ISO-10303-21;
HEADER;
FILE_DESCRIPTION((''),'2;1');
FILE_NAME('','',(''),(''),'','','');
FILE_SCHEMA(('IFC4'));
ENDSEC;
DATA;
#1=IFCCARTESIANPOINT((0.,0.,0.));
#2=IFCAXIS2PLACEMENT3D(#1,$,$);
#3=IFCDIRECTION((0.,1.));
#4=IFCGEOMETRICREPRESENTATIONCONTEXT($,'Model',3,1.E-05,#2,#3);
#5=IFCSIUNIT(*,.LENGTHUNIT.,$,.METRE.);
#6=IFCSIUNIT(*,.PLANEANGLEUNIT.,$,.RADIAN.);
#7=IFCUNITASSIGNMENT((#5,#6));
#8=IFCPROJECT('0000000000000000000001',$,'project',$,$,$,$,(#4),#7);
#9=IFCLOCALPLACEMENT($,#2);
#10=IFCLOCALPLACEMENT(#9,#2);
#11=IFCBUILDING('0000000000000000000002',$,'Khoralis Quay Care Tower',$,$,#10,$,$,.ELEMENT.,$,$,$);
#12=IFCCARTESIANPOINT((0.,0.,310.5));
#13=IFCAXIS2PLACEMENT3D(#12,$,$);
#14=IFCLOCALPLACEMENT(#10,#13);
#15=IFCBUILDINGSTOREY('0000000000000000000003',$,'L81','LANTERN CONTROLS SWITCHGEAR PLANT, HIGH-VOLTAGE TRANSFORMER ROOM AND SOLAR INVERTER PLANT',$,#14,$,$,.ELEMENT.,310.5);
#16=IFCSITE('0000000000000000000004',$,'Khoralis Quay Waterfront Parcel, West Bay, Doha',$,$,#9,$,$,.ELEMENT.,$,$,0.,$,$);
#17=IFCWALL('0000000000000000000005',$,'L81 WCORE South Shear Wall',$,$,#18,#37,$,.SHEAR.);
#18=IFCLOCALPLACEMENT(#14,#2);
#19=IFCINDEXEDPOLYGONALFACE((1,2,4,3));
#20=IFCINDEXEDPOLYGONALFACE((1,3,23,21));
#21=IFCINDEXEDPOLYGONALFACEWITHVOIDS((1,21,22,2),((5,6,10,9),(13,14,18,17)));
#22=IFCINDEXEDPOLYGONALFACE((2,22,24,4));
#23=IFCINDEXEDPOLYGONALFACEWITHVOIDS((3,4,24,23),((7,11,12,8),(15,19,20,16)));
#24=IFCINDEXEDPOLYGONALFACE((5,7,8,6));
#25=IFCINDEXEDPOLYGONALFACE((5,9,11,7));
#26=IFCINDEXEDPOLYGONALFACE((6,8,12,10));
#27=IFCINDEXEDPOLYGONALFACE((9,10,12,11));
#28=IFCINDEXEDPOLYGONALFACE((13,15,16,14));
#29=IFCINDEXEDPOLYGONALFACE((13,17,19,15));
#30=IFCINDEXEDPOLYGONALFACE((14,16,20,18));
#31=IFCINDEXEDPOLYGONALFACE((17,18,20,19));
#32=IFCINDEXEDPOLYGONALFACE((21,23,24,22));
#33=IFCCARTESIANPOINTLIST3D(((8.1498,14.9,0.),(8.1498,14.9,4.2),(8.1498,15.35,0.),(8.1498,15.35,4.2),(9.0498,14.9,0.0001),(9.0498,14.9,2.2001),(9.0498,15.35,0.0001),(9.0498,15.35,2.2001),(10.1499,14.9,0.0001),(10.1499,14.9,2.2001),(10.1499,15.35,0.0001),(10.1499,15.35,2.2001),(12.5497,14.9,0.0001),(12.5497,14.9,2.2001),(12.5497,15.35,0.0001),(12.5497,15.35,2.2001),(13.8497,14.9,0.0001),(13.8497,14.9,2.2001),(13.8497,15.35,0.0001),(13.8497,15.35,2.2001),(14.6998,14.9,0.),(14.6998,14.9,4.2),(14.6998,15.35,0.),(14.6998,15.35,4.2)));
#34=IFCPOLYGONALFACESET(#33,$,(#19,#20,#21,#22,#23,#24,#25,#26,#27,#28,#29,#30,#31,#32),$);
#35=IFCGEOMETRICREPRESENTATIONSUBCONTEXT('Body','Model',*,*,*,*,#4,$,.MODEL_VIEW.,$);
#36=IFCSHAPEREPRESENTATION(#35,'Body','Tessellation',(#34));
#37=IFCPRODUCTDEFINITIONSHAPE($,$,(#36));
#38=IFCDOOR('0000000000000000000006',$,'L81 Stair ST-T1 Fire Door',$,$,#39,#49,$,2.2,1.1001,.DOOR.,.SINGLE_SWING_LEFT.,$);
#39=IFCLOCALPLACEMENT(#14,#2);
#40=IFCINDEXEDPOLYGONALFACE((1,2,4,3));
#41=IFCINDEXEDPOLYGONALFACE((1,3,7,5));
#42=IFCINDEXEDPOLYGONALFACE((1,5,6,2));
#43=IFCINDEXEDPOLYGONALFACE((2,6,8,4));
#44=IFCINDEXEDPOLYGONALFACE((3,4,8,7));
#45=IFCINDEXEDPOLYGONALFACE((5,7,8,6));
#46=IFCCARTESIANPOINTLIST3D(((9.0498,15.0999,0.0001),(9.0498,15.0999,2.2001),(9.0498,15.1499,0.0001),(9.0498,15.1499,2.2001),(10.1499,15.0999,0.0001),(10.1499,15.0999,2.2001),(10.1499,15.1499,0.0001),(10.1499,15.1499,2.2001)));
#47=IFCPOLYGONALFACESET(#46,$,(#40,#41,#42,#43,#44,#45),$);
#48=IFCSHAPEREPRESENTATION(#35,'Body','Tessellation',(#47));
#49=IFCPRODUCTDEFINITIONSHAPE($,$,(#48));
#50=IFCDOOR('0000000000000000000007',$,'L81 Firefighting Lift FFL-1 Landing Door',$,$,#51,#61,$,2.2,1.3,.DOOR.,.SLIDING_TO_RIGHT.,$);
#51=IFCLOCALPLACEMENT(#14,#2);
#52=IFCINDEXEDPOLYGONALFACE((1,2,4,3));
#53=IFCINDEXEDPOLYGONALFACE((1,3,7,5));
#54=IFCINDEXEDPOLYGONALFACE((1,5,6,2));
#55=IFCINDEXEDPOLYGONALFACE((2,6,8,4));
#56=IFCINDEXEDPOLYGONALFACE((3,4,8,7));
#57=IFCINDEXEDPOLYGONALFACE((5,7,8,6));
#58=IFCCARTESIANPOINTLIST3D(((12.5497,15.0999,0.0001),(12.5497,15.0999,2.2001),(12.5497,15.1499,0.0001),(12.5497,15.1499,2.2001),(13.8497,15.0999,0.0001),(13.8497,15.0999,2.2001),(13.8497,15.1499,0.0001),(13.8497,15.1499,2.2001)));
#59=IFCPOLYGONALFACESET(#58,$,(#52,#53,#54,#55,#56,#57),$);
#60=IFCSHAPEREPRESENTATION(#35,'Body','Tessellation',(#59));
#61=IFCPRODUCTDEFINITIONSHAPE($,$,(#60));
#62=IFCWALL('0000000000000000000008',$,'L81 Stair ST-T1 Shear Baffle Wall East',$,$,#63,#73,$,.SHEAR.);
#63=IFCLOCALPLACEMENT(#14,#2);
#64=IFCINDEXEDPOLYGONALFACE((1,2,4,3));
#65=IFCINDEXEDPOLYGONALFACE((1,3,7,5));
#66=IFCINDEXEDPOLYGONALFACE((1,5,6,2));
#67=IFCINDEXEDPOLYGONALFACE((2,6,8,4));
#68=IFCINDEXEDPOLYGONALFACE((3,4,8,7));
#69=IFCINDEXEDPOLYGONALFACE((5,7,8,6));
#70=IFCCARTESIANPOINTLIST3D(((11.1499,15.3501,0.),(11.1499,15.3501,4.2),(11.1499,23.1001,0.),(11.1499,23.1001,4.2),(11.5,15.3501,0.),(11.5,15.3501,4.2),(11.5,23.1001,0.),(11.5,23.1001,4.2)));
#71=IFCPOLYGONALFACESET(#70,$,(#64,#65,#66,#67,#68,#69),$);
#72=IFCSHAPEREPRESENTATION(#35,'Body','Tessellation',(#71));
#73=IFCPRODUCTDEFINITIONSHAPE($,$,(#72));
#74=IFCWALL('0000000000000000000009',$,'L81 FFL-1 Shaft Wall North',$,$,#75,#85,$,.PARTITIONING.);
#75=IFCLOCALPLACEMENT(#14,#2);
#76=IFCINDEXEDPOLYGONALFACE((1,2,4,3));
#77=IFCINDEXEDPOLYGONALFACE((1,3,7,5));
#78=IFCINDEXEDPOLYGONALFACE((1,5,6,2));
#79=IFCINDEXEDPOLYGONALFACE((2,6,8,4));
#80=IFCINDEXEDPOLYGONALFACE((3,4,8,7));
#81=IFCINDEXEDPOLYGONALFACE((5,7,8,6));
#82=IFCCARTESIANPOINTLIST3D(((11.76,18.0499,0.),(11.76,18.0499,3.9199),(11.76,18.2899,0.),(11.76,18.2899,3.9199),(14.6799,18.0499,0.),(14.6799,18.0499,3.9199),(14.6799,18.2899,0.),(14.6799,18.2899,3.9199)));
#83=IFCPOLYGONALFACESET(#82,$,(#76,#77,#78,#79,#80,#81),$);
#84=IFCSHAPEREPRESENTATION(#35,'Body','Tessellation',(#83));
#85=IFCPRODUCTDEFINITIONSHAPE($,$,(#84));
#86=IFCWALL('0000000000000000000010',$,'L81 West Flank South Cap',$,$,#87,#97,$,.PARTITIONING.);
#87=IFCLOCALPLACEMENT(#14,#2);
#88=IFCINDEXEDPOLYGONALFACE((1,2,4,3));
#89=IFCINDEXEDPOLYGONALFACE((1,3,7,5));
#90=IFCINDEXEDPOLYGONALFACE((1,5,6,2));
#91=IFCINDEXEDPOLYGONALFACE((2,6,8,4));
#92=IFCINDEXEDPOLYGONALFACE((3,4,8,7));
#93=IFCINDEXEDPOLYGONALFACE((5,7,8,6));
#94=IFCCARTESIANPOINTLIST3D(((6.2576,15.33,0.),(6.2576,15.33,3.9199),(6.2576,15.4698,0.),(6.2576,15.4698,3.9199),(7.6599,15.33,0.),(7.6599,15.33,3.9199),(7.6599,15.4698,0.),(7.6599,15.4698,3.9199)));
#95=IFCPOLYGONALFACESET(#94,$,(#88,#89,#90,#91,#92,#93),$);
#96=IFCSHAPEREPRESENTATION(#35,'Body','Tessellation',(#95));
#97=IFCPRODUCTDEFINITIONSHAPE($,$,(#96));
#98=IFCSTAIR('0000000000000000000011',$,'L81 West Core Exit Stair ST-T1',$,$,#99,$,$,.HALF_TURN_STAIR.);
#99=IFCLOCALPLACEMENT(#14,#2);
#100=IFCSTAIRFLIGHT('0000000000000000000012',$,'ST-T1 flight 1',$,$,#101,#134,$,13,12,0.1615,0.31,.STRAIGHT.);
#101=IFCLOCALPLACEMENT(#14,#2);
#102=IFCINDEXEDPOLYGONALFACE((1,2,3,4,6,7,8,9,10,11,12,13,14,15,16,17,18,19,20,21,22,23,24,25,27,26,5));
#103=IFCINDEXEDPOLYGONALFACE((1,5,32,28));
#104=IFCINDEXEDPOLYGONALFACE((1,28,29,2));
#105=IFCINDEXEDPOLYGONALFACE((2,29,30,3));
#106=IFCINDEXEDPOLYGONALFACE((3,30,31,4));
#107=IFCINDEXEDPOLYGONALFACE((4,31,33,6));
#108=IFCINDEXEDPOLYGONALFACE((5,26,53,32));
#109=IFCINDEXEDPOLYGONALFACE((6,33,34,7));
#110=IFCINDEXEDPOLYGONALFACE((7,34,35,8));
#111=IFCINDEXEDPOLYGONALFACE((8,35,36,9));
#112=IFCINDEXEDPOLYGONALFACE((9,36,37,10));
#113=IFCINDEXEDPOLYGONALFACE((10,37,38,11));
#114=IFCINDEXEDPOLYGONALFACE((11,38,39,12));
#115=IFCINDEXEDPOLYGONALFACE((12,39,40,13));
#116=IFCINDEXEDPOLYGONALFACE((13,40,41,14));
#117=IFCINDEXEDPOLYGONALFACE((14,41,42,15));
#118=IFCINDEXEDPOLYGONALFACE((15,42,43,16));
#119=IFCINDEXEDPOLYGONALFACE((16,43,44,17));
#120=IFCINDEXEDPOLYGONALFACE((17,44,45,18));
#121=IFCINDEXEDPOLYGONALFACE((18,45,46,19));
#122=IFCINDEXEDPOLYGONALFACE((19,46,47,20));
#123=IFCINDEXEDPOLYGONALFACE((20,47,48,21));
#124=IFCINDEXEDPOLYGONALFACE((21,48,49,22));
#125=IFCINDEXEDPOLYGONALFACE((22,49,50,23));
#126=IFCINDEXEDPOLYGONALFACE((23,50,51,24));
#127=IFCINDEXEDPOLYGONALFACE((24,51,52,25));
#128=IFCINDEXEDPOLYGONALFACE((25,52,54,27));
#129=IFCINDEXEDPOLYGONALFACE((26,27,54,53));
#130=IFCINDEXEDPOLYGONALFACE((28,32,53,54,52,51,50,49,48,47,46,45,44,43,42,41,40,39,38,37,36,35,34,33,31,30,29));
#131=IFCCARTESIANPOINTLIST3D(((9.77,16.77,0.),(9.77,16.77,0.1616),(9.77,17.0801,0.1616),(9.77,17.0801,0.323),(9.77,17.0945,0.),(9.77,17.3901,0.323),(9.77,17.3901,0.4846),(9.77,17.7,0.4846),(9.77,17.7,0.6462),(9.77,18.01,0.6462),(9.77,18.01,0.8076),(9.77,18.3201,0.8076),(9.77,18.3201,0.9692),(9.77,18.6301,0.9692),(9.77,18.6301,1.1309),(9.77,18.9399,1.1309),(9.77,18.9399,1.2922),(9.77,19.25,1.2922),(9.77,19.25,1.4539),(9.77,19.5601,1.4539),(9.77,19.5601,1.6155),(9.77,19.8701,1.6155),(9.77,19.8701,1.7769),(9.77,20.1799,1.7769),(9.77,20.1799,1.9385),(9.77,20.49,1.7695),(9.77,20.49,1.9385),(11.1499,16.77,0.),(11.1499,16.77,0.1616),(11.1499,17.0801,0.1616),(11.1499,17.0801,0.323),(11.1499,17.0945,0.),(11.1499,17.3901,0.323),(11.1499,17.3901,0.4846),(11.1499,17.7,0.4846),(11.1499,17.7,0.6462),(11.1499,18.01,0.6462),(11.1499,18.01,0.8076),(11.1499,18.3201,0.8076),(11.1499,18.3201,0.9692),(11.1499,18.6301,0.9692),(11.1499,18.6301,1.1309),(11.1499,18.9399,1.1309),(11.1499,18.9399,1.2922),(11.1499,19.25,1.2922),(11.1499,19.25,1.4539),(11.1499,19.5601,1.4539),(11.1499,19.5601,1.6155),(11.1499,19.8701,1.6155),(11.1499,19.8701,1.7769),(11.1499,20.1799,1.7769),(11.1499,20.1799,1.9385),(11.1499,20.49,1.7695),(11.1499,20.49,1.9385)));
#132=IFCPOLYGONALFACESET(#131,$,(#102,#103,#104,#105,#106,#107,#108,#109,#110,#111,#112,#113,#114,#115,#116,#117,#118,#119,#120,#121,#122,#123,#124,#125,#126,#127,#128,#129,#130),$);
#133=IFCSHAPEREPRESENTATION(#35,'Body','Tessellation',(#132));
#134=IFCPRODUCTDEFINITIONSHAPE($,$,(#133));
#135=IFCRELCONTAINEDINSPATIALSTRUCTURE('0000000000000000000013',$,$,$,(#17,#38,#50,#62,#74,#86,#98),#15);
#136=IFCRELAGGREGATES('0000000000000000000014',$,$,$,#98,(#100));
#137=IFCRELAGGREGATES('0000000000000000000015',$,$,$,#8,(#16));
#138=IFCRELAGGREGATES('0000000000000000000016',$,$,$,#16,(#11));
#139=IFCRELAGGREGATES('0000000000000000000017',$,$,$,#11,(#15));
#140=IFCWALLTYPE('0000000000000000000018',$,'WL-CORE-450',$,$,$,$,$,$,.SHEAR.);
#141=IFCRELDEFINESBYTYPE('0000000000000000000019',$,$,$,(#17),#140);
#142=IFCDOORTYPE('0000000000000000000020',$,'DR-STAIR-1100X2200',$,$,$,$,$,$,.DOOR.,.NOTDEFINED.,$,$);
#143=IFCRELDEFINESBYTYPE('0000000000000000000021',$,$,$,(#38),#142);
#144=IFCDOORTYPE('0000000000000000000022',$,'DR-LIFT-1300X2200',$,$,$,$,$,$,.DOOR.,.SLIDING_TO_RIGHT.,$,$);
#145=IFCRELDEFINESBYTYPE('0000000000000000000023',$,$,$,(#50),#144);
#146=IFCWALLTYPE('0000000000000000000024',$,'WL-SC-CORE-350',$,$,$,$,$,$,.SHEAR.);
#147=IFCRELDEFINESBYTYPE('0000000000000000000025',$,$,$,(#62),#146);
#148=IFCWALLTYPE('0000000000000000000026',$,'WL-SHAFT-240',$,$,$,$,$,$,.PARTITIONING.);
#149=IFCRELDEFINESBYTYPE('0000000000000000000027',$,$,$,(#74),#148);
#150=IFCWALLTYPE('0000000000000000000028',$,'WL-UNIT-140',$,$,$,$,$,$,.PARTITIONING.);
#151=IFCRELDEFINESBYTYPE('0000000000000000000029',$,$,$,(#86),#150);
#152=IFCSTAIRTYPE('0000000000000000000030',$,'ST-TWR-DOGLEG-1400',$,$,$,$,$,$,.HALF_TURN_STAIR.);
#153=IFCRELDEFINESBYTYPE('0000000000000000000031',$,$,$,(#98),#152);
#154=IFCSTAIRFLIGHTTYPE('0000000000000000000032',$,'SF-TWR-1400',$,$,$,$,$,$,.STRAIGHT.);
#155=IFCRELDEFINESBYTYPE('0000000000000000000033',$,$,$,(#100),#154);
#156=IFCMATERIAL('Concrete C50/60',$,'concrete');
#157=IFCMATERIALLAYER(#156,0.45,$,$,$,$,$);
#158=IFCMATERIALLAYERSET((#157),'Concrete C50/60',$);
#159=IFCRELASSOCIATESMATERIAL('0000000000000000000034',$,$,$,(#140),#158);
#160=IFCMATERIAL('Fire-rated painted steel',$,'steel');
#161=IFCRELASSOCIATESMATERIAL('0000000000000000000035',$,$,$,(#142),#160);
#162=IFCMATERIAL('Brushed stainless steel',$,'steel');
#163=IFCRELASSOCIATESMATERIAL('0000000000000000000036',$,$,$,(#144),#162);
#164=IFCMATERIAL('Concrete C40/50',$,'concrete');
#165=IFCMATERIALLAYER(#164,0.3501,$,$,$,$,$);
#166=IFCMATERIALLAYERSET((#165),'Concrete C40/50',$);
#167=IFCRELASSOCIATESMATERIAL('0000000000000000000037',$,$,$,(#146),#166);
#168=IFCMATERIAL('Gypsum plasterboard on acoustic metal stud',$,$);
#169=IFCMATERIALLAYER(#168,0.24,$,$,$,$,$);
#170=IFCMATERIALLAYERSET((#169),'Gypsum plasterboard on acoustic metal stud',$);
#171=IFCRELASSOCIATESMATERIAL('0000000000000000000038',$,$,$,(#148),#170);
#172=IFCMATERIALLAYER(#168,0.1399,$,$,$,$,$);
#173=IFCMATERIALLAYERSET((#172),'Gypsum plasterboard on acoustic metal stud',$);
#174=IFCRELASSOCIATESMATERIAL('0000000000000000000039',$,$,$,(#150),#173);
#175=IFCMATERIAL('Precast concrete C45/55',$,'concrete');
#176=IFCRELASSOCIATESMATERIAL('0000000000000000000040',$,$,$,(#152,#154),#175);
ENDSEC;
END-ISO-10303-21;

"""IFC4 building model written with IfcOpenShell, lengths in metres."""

from ifc_helpers import new_model, si_unit, direction, frame, frame_2d, origin, place, context, subcontext, project, spatial, polyline, rectangle, outline, extrude, source, transform, mapped, material, layer, layer_set, type_object, element, fill, aggregate, save


model = new_model("IFC4")

# Units and contexts
model_context = context("Model", 3, precision=1e-05, world=origin(), true_north=direction((0.0, 1.0)))
body_context = subcontext(model_context, "Body", "Model", "MODEL_VIEW")
ifc_project = project(units=[si_unit("LENGTHUNIT", "METRE"), si_unit("PLANEANGLEUNIT", "RADIAN")], contexts=[model_context])

# Site, building, storey
site_placement = place(None, origin())
site = spatial("IfcSite", under=ifc_project, at=site_placement, Name="Khoralis Quay Waterfront Parcel, West Bay, Doha", CompositionType="ELEMENT", RefElevation=0.0)
building_placement = place(site_placement, origin())
building = spatial("IfcBuilding", under=site, at=building_placement, Name="Khoralis Quay Care Tower", CompositionType="ELEMENT")
storey_placement = place(building_placement, frame((0.0, 0.0, 310.5)))
storey = spatial("IfcBuildingStorey", under=building, at=storey_placement, Name="L81", Description="LANTERN CONTROLS SWITCHGEAR PLANT, HIGH-VOLTAGE TRANSFORMER ROOM AND SOLAR INVERTER PLANT", CompositionType="ELEMENT", Elevation=310.5)

# Shared definitions
ifc_material_1 = material(Name="Gypsum plasterboard on acoustic metal stud")
ifc_material_2 = material(Name="Fire-rated painted steel", Category="steel")

# Shared definitions
ifc_material_3 = material(Name="Concrete C50/60", Category="concrete")
ifc_layer_1 = layer(ifc_material_3, 0.45)
ifc_layer_set_1 = layer_set([ifc_layer_1], Name="Concrete C50/60")
wall_type_1 = type_object("IfcWallType", Name="WL-CORE-450", PredefinedType="SHEAR", material=ifc_layer_set_1)

# Wall, openings, doors
wall_1_placement = place(storey_placement, frame((8.1499, 15.125, 0.0), z_axis=(0.0, 0.0, 1.0), x_axis=(1.0, 0.0, 0.0)))
wall_1 = element("IfcWall", 1, at=wall_1_placement, inside=storey, type_object=wall_type_1, Name="L81 WCORE South Shear Wall", PredefinedType="SHEAR", context=body_context, shape_type="SweptSolid", body=[
    extrude(rectangle(XDim=6.55, YDim=0.45, at=frame_2d((3.2749, 0.0))), origin(), (0.0, 0.0, 1.0), 4.2),
])
opening_1_placement = place(wall_1_placement, frame((0.8999, 0.0, 0.0)))
opening_1 = element("IfcOpeningElement", 2, at=opening_1_placement, cuts=wall_1, PredefinedType="OPENING", context=body_context, shape_type="SweptSolid", body=[
    extrude(rectangle(XDim=1.1001, YDim=2.2, at=frame_2d((0.55, 1.1001))), frame((0.0, 0.2349, 0.0), z_axis=(0.0, -1.0, 0.0), x_axis=(1.0, 0.0, 0.0)), (0.0, 0.0, 1.0), 0.47),
])
opening_2_placement = place(wall_1_placement, frame((4.3999, 0.0, 0.0)))
opening_2 = element("IfcOpeningElement", 3, at=opening_2_placement, cuts=wall_1, PredefinedType="OPENING", context=body_context, shape_type="SweptSolid", body=[
    extrude(rectangle(XDim=1.3, YDim=2.2, at=frame_2d((0.6499, 1.1001))), frame((0.0, 0.2349, 0.0), z_axis=(0.0, -1.0, 0.0), x_axis=(1.0, 0.0, 0.0)), (0.0, 0.0, 1.0), 0.47),
])
door_type_1 = type_object("IfcDoorType", Name="DR-STAIR-1100X2200", OperationType="NOTDEFINED", PredefinedType="DOOR", material=ifc_material_2)
shared_shape_1 = source(origin(), body_context, "Body", "SweptSolid", [
    extrude(rectangle(XDim=1.1001, YDim=2.2, at=frame_2d((0.55, 1.1001))), frame((0.0, 0.0249, 0.0), z_axis=(0.0, -1.0, 0.0), x_axis=(1.0, 0.0, 0.0)), (0.0, 0.0, 1.0), 0.05),
])
door_1_placement = place(opening_1_placement, origin())
door_1 = element("IfcDoor", 4, at=door_1_placement, inside=storey, type_object=door_type_1, Name="L81 Stair ST-T1 Fire Door", OperationType="SINGLE_SWING_LEFT", OverallHeight=2.2, OverallWidth=1.1001, PredefinedType="DOOR", context=body_context, shape_type="MappedRepresentation", body=[
    mapped(shared_shape_1, transform((0.0, 0.0, 0.0), scale=1.0)),
])
fill(opening_1, door_1)
ifc_material_4 = material(Name="Brushed stainless steel", Category="steel")
door_type_2 = type_object("IfcDoorType", Name="DR-LIFT-1300X2200", OperationType="SLIDING_TO_RIGHT", PredefinedType="DOOR", material=ifc_material_4)
shared_shape_2 = source(origin(), body_context, "Body", "SweptSolid", [
    extrude(rectangle(XDim=1.3, YDim=2.2, at=frame_2d((0.6499, 1.1001))), frame((0.0, 0.0249, 0.0), z_axis=(0.0, -1.0, 0.0), x_axis=(1.0, 0.0, 0.0)), (0.0, 0.0, 1.0), 0.05),
])
door_2_placement = place(opening_2_placement, origin())
door_2 = element("IfcDoor", 5, at=door_2_placement, inside=storey, type_object=door_type_2, Name="L81 Firefighting Lift FFL-1 Landing Door", OperationType="SLIDING_TO_RIGHT", OverallHeight=2.2, OverallWidth=1.3, PredefinedType="DOOR", context=body_context, shape_type="MappedRepresentation", body=[
    mapped(shared_shape_2, transform((0.0, 0.0, 0.0), scale=1.0)),
])
fill(opening_2, door_2)

# Walls
ifc_material_5 = material(Name="Concrete C40/50", Category="concrete")
ifc_layer_2 = layer(ifc_material_5, 0.3501)
ifc_layer_set_2 = layer_set([ifc_layer_2], Name="Concrete C40/50")
wall_type_2 = type_object("IfcWallType", Name="WL-SC-CORE-350", PredefinedType="SHEAR", material=ifc_layer_set_2)
wall_2_placement = place(storey_placement, frame((11.325, 15.3501, 0.0), z_axis=(0.0, 0.0, 1.0), x_axis=(0.0, 1.0, 0.0)))
element("IfcWall", 6, at=wall_2_placement, inside=storey, type_object=wall_type_2, Name="L81 Stair ST-T1 Shear Baffle Wall East", PredefinedType="SHEAR", context=body_context, shape_type="SweptSolid", body=[
    extrude(rectangle(XDim=7.75, YDim=0.3501, at=frame_2d((3.875, 0.0))), origin(), (0.0, 0.0, 1.0), 4.2),
])
ifc_layer_3 = layer(ifc_material_1, 0.24)
ifc_layer_set_3 = layer_set([ifc_layer_3], Name="Gypsum plasterboard on acoustic metal stud")
wall_type_3 = type_object("IfcWallType", Name="WL-SHAFT-240", PredefinedType="PARTITIONING", material=ifc_layer_set_3)
wall_3_placement = place(storey_placement, frame((11.76, 18.1699, 0.0), z_axis=(0.0, 0.0, 1.0), x_axis=(1.0, 0.0, 0.0)))
element("IfcWall", 7, at=wall_3_placement, inside=storey, type_object=wall_type_3, Name="L81 FFL-1 Shaft Wall North", PredefinedType="PARTITIONING", context=body_context, shape_type="SweptSolid", body=[
    extrude(rectangle(XDim=2.9199, YDim=0.24, at=frame_2d((1.46, 0.0))), origin(), (0.0, 0.0, 1.0), 3.9199),
])
ifc_layer_4 = layer(ifc_material_1, 0.1399)
ifc_layer_set_4 = layer_set([ifc_layer_4], Name="Gypsum plasterboard on acoustic metal stud")
wall_type_4 = type_object("IfcWallType", Name="WL-UNIT-140", PredefinedType="PARTITIONING", material=ifc_layer_set_4)
wall_4_placement = place(storey_placement, frame((6.2576, 15.3999, 0.0), z_axis=(0.0, 0.0, 1.0), x_axis=(1.0, 0.0, 0.0)))
element("IfcWall", 8, at=wall_4_placement, inside=storey, type_object=wall_type_4, Name="L81 West Flank South Cap", PredefinedType="PARTITIONING", context=body_context, shape_type="SweptSolid", body=[
    extrude(rectangle(XDim=1.4023, YDim=0.1399, at=frame_2d((0.7012, 0.0))), origin(), (0.0, 0.0, 1.0), 3.9199),
])

# Stair, stair flight
ifc_material_6 = material(Name="Precast concrete C45/55", Category="concrete")
stair_type = type_object("IfcStairType", Name="ST-TWR-DOGLEG-1400", PredefinedType="HALF_TURN_STAIR", material=ifc_material_6)
stair_placement = place(storey_placement, origin())
stair = element("IfcStair", 9, at=stair_placement, inside=storey, type_object=stair_type, Name="L81 West Core Exit Stair ST-T1", PredefinedType="HALF_TURN_STAIR")
stair_flight_type = type_object("IfcStairFlightType", Name="SF-TWR-1400", PredefinedType="STRAIGHT", material=ifc_material_6)
shared_shape_3 = source(origin(), body_context, "Body", "SweptSolid", [
    extrude(outline(polyline([(0.0, 0.0), (0.0, 0.1616), (0.3101, 0.1616), (0.3101, 0.323), (0.6201, 0.323), (0.6201, 0.4846), (0.9299, 0.4846), (0.9299, 0.6462), (1.24, 0.6462), (1.24, 0.8076), (1.55, 0.8076), (1.55, 0.9692), (1.8601, 0.9692), (1.8601, 1.1309), (2.1699, 1.1309), (2.1699, 1.2922), (2.48, 1.2922), (2.48, 1.4539), (2.79, 1.4539), (2.79, 1.6155), (3.1001, 1.6155), (3.1001, 1.7769), (3.4099, 1.7769), (3.4099, 1.9385), (3.72, 1.9385), (3.72, 2.1001), (3.72, 1.7695), (0.3245, 0.0), (0.0, 0.0)])), frame((0.0, 0.6899, 0.0), z_axis=(0.0, -1.0, 0.0), x_axis=(1.0, 0.0, 0.0)), (0.0, 0.0, 1.0), 1.3799),
])
stair_flight_placement = place(storey_placement, frame((10.46, 16.77, 0.0), z_axis=(0.0, 0.0, 1.0), x_axis=(0.0, 1.0, 0.0)))
stair_flight = element("IfcStairFlight", 10, at=stair_flight_placement, type_object=stair_flight_type, Name="ST-T1 flight 1", NumberOfRisers=13, NumberOfTreads=12, PredefinedType="STRAIGHT", RiserHeight=0.1615, TreadLength=0.31, context=body_context, shape_type="MappedRepresentation", body=[
    mapped(shared_shape_3, transform((0.0, 0.0, 0.0), scale=1.0)),
])
aggregate(stair, [stair_flight])

save(model, "model.ifc")
